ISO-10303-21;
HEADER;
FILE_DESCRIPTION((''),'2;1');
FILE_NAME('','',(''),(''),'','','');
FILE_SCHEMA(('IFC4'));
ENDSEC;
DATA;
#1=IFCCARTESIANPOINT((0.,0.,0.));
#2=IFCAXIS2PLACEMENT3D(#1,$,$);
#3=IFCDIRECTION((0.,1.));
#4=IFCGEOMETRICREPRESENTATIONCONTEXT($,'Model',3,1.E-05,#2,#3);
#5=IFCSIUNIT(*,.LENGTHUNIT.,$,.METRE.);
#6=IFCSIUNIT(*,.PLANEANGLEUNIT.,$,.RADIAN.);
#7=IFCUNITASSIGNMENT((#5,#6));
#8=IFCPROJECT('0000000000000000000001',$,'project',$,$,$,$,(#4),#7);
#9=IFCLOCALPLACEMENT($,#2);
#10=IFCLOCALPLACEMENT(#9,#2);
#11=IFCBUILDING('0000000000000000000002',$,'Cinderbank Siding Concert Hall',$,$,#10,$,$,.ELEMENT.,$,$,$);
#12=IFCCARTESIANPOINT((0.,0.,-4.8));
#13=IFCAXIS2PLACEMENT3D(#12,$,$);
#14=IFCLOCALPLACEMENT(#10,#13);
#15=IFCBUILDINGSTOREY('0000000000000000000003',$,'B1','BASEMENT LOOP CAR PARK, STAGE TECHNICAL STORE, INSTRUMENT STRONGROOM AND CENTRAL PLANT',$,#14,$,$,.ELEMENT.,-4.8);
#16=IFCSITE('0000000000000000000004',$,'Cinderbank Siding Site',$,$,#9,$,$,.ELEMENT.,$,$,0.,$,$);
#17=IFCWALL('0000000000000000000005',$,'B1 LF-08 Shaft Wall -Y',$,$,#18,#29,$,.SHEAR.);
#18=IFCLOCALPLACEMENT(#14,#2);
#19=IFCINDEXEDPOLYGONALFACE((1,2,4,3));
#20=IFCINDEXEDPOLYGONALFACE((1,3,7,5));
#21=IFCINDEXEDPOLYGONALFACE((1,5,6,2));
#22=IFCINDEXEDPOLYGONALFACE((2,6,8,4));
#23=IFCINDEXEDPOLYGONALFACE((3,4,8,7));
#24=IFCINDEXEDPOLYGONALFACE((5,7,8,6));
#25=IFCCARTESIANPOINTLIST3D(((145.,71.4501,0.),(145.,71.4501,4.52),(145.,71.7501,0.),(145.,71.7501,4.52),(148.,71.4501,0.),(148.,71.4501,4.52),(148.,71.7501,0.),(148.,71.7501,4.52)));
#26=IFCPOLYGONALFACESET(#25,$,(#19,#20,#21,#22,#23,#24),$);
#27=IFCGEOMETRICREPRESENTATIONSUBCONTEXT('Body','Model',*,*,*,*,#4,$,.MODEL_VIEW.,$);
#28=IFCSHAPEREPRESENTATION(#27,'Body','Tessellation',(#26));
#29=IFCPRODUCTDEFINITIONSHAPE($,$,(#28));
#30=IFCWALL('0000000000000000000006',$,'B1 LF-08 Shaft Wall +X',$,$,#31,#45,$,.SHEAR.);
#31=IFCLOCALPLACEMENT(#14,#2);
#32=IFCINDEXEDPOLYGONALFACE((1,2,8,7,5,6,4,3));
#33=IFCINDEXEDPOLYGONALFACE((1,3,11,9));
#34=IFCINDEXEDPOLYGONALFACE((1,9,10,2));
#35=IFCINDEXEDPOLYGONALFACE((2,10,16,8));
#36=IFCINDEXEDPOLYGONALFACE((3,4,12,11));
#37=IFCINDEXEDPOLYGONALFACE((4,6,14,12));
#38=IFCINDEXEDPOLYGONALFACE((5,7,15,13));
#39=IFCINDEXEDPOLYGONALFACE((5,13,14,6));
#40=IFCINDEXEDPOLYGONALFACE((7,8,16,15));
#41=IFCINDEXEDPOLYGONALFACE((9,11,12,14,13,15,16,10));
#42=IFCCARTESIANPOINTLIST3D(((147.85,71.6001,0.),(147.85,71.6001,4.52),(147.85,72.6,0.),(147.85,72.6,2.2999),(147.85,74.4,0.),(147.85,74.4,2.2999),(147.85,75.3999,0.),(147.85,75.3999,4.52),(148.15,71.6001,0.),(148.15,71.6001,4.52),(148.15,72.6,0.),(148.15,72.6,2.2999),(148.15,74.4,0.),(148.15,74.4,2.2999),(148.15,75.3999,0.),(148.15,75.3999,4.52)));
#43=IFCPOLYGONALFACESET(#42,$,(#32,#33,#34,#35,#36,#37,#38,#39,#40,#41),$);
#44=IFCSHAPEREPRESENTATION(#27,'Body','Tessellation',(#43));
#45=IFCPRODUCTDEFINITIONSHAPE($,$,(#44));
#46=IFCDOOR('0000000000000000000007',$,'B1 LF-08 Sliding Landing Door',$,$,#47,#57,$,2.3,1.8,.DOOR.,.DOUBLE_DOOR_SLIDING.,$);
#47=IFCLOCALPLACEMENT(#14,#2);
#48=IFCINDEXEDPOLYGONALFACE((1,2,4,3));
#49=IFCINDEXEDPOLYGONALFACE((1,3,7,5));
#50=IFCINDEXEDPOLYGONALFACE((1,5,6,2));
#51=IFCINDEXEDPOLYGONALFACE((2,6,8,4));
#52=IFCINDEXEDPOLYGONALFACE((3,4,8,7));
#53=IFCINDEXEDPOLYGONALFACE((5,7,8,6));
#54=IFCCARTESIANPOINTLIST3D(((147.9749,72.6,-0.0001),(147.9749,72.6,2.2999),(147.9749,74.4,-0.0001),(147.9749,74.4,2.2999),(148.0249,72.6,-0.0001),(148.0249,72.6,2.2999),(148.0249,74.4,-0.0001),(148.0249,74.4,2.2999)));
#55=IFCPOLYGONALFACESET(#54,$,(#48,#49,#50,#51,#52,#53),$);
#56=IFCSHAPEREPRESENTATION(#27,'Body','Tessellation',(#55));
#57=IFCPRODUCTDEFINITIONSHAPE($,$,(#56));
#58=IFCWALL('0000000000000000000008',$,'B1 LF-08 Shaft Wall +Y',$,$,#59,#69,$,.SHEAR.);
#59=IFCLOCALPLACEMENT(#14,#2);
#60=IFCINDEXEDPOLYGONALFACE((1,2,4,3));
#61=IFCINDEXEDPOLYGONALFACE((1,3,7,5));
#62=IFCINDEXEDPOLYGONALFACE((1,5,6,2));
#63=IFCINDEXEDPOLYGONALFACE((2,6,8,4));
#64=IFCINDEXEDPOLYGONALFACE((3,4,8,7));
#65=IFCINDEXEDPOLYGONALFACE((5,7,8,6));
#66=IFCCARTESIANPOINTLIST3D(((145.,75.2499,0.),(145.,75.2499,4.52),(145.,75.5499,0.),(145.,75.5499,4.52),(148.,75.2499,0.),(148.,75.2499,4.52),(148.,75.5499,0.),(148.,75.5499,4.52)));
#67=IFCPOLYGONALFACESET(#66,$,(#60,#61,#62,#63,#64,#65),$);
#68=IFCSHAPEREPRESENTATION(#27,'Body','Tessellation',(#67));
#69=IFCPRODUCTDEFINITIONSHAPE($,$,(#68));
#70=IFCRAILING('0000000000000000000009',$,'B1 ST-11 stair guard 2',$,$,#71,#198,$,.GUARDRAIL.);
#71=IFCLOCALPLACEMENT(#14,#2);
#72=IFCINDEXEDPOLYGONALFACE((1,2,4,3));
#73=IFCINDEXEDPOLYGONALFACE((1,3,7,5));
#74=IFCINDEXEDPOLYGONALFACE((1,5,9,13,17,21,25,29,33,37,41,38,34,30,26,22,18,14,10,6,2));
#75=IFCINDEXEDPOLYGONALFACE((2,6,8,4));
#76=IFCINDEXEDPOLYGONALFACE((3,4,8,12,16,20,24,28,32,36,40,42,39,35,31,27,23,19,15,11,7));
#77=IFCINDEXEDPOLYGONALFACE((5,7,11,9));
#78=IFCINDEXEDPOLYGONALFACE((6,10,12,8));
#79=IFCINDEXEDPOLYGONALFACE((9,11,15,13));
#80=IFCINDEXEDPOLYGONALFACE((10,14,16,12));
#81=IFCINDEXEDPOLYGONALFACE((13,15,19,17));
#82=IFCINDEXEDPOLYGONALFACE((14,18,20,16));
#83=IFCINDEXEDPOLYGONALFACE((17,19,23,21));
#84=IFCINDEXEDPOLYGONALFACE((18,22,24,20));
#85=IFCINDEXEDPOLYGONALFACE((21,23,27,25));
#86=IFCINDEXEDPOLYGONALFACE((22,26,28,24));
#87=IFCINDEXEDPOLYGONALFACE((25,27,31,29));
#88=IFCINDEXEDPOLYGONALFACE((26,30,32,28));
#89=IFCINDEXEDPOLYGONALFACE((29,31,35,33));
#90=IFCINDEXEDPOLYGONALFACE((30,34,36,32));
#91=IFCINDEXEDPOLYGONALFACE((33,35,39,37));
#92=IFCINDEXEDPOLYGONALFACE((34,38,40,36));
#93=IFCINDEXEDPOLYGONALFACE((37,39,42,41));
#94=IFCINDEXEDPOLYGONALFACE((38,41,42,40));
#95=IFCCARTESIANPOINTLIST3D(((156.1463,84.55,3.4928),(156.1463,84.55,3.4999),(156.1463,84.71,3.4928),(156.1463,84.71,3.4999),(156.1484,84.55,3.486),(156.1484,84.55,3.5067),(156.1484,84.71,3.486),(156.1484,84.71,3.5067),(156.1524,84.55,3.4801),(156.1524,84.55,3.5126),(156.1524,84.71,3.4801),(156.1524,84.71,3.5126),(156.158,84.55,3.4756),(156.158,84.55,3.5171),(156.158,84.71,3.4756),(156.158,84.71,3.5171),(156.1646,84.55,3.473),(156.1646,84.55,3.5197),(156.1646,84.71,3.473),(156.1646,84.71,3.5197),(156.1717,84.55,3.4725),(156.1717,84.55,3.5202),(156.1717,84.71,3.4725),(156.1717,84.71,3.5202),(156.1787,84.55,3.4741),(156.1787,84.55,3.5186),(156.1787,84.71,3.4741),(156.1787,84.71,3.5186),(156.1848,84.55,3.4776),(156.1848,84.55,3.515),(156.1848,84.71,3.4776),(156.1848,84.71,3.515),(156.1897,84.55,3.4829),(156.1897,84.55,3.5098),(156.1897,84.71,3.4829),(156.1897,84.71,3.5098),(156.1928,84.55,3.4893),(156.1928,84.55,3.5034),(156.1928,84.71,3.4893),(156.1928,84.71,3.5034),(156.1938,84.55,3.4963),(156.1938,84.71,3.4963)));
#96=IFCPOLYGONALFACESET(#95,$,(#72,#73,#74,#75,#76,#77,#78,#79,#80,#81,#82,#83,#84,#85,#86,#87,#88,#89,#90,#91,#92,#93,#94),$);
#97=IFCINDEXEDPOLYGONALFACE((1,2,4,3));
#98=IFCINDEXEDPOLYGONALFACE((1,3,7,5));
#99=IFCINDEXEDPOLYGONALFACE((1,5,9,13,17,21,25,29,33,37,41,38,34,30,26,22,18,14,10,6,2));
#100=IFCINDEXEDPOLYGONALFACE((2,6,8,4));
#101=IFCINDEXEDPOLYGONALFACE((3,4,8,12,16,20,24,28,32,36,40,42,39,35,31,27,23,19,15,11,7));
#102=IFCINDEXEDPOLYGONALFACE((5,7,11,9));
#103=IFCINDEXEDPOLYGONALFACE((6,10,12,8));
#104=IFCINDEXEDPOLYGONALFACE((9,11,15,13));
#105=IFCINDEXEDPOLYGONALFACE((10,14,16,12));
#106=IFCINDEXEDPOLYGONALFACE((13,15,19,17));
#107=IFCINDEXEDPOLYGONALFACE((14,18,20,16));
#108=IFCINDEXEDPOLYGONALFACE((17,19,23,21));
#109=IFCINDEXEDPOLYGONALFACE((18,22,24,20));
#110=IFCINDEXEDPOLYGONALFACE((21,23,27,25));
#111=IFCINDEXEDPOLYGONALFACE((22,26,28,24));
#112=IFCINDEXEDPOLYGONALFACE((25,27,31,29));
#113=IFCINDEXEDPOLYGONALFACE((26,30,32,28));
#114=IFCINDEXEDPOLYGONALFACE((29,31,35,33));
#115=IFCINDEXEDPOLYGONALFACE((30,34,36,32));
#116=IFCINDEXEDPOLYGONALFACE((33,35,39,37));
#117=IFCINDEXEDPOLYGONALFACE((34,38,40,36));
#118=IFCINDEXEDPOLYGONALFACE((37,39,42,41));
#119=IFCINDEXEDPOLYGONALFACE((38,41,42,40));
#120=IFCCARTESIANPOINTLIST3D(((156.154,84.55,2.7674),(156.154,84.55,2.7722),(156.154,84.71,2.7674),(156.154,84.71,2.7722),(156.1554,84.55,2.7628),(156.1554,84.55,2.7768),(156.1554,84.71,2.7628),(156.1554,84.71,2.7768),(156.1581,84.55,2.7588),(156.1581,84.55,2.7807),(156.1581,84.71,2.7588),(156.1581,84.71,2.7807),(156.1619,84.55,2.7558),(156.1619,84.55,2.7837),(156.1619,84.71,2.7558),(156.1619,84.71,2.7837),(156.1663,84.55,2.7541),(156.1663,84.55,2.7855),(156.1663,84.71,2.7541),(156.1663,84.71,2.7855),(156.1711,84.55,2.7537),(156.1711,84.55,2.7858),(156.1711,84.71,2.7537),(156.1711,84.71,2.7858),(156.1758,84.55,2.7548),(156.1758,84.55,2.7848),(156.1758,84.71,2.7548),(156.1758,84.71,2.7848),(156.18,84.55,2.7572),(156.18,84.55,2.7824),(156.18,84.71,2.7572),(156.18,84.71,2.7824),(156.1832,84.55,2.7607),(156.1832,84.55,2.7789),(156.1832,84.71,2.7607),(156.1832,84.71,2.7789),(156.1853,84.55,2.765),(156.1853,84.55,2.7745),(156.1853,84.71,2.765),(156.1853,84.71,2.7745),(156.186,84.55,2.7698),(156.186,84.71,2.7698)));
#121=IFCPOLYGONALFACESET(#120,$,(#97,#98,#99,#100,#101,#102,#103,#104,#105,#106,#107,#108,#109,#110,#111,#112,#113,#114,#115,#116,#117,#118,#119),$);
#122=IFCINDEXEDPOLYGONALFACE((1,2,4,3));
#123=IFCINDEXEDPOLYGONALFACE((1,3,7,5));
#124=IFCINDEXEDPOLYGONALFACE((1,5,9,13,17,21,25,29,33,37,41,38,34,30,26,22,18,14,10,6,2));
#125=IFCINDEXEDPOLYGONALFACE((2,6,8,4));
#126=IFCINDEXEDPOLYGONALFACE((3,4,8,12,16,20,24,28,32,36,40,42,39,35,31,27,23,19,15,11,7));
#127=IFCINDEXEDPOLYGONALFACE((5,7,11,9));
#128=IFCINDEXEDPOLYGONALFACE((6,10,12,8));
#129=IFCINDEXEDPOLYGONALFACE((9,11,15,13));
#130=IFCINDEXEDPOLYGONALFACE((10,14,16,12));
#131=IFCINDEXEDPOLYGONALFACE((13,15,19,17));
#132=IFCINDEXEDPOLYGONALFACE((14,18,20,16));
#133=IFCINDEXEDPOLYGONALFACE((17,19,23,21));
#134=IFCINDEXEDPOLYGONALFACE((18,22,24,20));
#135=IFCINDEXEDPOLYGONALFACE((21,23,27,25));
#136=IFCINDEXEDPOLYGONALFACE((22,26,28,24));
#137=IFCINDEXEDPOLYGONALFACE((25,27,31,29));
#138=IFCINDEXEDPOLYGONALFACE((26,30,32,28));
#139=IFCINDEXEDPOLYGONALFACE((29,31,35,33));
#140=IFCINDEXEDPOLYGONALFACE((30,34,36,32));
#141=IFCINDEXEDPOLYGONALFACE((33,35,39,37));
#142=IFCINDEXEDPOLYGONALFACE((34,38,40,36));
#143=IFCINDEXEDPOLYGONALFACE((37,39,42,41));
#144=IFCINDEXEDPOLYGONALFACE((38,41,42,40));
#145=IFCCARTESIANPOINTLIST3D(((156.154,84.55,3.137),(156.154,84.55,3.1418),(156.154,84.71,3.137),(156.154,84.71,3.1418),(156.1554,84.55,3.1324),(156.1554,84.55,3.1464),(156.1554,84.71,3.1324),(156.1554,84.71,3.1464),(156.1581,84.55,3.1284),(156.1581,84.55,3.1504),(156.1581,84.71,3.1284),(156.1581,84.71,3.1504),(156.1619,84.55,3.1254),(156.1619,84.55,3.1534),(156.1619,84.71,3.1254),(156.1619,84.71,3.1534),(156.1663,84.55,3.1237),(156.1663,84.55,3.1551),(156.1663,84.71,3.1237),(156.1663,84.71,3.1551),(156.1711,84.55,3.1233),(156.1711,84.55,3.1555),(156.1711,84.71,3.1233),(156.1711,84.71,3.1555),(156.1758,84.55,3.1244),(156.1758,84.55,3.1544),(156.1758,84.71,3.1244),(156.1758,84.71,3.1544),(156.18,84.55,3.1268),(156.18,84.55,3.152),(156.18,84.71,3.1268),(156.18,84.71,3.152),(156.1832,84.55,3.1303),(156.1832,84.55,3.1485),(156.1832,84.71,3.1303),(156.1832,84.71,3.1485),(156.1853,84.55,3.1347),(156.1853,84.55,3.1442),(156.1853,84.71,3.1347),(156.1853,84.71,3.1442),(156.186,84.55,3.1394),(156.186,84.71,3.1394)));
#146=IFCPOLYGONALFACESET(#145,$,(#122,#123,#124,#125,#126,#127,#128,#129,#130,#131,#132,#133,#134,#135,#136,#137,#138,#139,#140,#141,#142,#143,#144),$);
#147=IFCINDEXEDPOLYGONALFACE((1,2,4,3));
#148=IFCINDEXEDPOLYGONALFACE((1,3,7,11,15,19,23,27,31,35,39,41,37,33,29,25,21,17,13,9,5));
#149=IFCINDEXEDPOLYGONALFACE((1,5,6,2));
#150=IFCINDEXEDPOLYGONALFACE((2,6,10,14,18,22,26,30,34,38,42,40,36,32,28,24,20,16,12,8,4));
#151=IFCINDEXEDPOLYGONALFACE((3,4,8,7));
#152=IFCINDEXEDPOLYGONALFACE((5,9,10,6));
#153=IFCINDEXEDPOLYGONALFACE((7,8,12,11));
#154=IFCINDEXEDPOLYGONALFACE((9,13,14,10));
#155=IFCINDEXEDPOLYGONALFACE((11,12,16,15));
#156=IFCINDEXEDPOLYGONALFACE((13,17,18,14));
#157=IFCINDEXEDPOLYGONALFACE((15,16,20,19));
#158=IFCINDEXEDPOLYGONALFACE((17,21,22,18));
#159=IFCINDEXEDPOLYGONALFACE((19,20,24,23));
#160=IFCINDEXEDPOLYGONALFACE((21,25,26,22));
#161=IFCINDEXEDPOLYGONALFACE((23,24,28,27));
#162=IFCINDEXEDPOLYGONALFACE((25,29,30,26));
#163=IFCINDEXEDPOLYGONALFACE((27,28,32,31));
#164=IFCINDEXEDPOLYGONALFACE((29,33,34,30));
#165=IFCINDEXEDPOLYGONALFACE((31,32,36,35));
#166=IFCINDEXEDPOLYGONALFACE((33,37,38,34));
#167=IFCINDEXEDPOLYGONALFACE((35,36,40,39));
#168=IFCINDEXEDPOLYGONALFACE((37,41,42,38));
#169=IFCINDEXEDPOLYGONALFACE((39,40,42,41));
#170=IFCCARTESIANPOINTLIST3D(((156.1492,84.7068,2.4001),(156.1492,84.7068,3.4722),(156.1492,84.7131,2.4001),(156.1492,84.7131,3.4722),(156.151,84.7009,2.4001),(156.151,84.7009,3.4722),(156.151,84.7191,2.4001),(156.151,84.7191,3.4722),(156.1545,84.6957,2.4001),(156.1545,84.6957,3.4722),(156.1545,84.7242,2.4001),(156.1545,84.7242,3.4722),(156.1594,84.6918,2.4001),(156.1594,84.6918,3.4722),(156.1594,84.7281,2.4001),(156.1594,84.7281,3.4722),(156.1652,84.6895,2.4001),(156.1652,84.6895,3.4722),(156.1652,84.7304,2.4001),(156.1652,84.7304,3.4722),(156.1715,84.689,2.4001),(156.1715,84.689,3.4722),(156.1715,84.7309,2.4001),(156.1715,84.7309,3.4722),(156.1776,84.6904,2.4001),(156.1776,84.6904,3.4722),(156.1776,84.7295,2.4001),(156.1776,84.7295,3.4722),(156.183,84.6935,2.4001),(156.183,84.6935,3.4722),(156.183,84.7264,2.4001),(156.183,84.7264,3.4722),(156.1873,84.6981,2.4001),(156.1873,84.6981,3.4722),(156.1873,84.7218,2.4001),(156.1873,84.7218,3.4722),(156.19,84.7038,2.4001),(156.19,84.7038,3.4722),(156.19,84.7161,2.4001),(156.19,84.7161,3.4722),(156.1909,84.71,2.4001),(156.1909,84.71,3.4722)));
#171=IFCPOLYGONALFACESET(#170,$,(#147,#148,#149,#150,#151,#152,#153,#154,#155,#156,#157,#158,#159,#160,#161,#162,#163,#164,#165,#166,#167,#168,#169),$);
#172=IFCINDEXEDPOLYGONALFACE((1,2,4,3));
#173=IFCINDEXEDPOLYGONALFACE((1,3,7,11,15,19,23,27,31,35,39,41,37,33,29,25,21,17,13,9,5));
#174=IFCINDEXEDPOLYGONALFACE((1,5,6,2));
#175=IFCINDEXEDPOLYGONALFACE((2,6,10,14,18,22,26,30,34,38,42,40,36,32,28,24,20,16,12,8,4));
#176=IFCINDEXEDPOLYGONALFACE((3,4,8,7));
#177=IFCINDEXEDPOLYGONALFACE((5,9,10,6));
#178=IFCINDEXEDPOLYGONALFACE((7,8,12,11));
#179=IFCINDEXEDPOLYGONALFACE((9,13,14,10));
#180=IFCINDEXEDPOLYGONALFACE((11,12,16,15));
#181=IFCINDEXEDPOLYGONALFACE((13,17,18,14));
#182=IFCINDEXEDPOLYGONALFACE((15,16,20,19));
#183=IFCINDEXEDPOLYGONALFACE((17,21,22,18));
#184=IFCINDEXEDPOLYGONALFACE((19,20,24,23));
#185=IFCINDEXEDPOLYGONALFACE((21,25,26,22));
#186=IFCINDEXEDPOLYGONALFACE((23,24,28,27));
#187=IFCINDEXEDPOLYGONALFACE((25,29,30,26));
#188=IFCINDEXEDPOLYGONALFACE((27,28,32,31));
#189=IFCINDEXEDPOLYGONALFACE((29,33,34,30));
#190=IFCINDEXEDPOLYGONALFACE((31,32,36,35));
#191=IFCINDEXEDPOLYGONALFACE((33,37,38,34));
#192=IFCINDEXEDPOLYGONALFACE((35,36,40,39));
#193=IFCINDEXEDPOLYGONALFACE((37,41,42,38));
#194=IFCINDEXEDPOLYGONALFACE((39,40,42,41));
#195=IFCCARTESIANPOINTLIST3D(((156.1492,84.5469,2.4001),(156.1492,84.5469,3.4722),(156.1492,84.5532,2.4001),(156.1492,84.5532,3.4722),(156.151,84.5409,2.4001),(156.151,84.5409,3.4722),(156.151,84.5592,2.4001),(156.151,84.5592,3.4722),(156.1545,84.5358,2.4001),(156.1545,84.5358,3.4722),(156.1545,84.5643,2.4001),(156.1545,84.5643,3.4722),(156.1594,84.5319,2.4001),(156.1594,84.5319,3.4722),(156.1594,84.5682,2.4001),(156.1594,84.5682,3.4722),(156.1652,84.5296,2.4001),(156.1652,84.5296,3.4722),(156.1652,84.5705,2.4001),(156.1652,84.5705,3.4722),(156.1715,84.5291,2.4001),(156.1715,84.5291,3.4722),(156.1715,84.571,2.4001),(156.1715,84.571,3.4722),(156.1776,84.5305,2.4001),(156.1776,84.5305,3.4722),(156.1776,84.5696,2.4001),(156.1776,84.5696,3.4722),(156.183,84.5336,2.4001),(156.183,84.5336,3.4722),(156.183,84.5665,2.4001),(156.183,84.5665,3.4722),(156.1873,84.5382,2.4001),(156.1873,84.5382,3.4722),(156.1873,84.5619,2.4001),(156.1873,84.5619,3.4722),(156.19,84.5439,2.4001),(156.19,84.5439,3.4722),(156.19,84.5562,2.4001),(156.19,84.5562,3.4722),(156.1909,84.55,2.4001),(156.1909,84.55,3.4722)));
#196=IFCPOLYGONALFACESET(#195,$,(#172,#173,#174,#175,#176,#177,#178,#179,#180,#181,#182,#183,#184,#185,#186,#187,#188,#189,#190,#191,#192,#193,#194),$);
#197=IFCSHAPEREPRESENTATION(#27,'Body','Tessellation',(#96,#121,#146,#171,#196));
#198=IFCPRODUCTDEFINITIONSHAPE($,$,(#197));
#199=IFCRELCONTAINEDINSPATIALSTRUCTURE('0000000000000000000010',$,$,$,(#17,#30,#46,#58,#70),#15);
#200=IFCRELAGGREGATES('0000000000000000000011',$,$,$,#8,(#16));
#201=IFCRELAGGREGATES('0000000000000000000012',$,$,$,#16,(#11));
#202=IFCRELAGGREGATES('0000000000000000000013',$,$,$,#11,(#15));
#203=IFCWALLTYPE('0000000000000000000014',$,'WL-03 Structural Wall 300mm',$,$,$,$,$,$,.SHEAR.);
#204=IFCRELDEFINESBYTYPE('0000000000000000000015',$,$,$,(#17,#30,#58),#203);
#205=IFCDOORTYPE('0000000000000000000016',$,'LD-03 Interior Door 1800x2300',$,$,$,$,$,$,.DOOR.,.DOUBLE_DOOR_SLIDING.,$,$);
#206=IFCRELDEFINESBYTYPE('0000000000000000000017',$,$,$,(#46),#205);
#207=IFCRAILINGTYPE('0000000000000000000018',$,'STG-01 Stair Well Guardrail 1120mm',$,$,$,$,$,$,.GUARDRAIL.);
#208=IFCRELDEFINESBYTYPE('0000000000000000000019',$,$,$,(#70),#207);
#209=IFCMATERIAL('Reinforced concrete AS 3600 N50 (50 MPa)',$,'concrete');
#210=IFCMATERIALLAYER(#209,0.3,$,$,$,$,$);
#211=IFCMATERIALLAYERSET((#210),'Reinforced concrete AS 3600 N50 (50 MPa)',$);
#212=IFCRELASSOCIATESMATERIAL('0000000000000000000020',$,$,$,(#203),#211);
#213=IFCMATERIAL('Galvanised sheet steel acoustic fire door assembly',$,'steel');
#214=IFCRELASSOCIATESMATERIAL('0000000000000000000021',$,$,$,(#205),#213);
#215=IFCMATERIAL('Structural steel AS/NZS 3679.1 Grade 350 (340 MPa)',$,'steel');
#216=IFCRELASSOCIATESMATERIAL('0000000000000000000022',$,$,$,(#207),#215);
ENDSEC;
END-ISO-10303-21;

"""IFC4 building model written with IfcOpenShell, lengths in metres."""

from ifc_helpers import new_model, si_unit, direction, frame, frame_2d, origin, origin_2d, place, context, subcontext, project, spatial, rectangle, circle, extrude, material, layer, layer_set, type_object, element, fill, save


model = new_model("IFC4")

# Units and contexts
model_context = context("Model", 3, precision=1e-05, world=origin(), true_north=direction((0.0, 1.0)))
body_context = subcontext(model_context, "Body", "Model", "MODEL_VIEW")
ifc_project = project(units=[si_unit("LENGTHUNIT", "METRE"), si_unit("PLANEANGLEUNIT", "RADIAN")], contexts=[model_context])

# Site, building, storey
site_placement = place(None, origin())
site = spatial("IfcSite", under=ifc_project, at=site_placement, Name="Cinderbank Siding Site", CompositionType="ELEMENT", RefElevation=0.0)
building_placement = place(site_placement, origin())
building = spatial("IfcBuilding", under=site, at=building_placement, Name="Cinderbank Siding Concert Hall", CompositionType="ELEMENT")
storey_placement = place(building_placement, frame((0.0, 0.0, -4.8)))
storey = spatial("IfcBuildingStorey", under=building, at=storey_placement, Name="B1", Description="BASEMENT LOOP CAR PARK, STAGE TECHNICAL STORE, INSTRUMENT STRONGROOM AND CENTRAL PLANT", CompositionType="ELEMENT", Elevation=-4.8)

# Shared definitions
ifc_material_1 = material(Name="Reinforced concrete AS 3600 N50 (50 MPa)", Category="concrete")

# Shared definitions
ifc_material_2 = material(Name="Structural steel AS/NZS 3679.1 Grade 350 (340 MPa)", Category="steel")

# Wall
ifc_layer_1 = layer(ifc_material_1, 0.3)
ifc_layer_set_1 = layer_set([ifc_layer_1], Name="Reinforced concrete AS 3600 N50 (50 MPa)")
wall_type = type_object("IfcWallType", Name="WL-03 Structural Wall 300mm", PredefinedType="SHEAR", material=ifc_layer_set_1)
wall_1_placement = place(storey_placement, frame((148.0, 71.6001, 0.0), z_axis=(0.0, 0.0, 1.0), x_axis=(-1.0, 0.0, 0.0)))
element("IfcWall", 1, at=wall_1_placement, inside=storey, type_object=wall_type, Name="B1 LF-08 Shaft Wall -Y", PredefinedType="SHEAR", context=body_context, shape_type="SweptSolid", body=[
    extrude(rectangle(XDim=3.0, YDim=0.3, at=frame_2d((1.5, 0.0))), origin(), (0.0, 0.0, 1.0), 4.52),
])

# Wall, opening, door
wall_2_placement = place(storey_placement, frame((148.0, 75.3999, 0.0), z_axis=(0.0, 0.0, 1.0), x_axis=(0.0, -1.0, 0.0)))
wall_2 = element("IfcWall", 2, at=wall_2_placement, inside=storey, type_object=wall_type, Name="B1 LF-08 Shaft Wall +X", PredefinedType="SHEAR", context=body_context, shape_type="SweptSolid", body=[
    extrude(rectangle(XDim=3.7998, YDim=0.3, at=frame_2d((1.8999, 0.0))), origin(), (0.0, 0.0, 1.0), 4.52),
])
opening_placement = place(wall_2_placement, frame((1.0, 0.0, 0.0)))
opening = element("IfcOpeningElement", 3, at=opening_placement, cuts=wall_2, PredefinedType="OPENING", context=body_context, shape_type="SweptSolid", body=[
    extrude(rectangle(XDim=1.8, YDim=2.3, at=frame_2d((0.8999, 1.1499))), frame((0.0, 0.1621, 0.0), z_axis=(0.0, -1.0, 0.0), x_axis=(1.0, 0.0, 0.0)), (0.0, 0.0, 1.0), 0.324),
])
ifc_material_3 = material(Name="Galvanised sheet steel acoustic fire door assembly", Category="steel")
door_type = type_object("IfcDoorType", Name="LD-03 Interior Door 1800x2300", OperationType="DOUBLE_DOOR_SLIDING", PredefinedType="DOOR", material=ifc_material_3)
door_placement = place(opening_placement, origin())
door = element("IfcDoor", 4, at=door_placement, inside=storey, type_object=door_type, Name="B1 LF-08 Sliding Landing Door", OperationType="DOUBLE_DOOR_SLIDING", OverallHeight=2.3, OverallWidth=1.8, PredefinedType="DOOR", context=body_context, shape_type="SweptSolid", body=[
    extrude(rectangle(XDim=1.8, YDim=2.3, at=frame_2d((0.8999, 1.1499))), frame((0.0, 0.0249, 0.0), z_axis=(0.0, -1.0, 0.0), x_axis=(1.0, 0.0, 0.0)), (0.0, 0.0, 1.0), 0.05),
])
fill(opening, door)

# Wall
wall_3_placement = place(storey_placement, frame((145.0, 75.3999, 0.0), z_axis=(0.0, 0.0, 1.0), x_axis=(1.0, 0.0, 0.0)))
element("IfcWall", 5, at=wall_3_placement, inside=storey, type_object=wall_type, Name="B1 LF-08 Shaft Wall +Y", PredefinedType="SHEAR", context=body_context, shape_type="SweptSolid", body=[
    extrude(rectangle(XDim=3.0, YDim=0.3, at=frame_2d((1.5, 0.0))), origin(), (0.0, 0.0, 1.0), 4.52),
])

# Railing
railing_type_1 = type_object("IfcRailingType", Name="STG-01 Stair Well Guardrail 1120mm", PredefinedType="GUARDRAIL", material=ifc_material_2)
railing_1_placement = place(storey_placement, frame((156.1699, 84.71, 2.4001)))
element("IfcRailing", 6, at=railing_1_placement, inside=storey, type_object=railing_type_1, Name="B1 ST-11 stair guard 2", PredefinedType="GUARDRAIL", context=body_context, shape_type="SweptSolid", body=[
    extrude(circle(Radius=0.0239, at=origin_2d()), frame((0.0, 0.0, 1.0962), z_axis=(0.0, -1.0, 0.0), x_axis=(1.0, 0.0, 0.0)), (0.0, 0.0, 1.0), 0.1599),
    extrude(circle(Radius=0.0161, at=origin_2d()), frame((0.0, 0.0, 0.3696), z_axis=(0.0, -1.0, 0.0), x_axis=(1.0, 0.0, 0.0)), (0.0, 0.0, 1.0), 0.1599),
    extrude(circle(Radius=0.0161, at=origin_2d()), frame((0.0, 0.0, 0.7393), z_axis=(0.0, -1.0, 0.0), x_axis=(1.0, 0.0, 0.0)), (0.0, 0.0, 1.0), 0.1599),
    extrude(circle(Radius=0.021, at=origin_2d()), origin(), (0.0, 0.0, 1.0), 1.072),
    extrude(circle(Radius=0.021, at=origin_2d()), frame((0.0, -0.1599, 0.0)), (0.0, 0.0, 1.0), 1.072),
])

save(model, "model.ifc")
